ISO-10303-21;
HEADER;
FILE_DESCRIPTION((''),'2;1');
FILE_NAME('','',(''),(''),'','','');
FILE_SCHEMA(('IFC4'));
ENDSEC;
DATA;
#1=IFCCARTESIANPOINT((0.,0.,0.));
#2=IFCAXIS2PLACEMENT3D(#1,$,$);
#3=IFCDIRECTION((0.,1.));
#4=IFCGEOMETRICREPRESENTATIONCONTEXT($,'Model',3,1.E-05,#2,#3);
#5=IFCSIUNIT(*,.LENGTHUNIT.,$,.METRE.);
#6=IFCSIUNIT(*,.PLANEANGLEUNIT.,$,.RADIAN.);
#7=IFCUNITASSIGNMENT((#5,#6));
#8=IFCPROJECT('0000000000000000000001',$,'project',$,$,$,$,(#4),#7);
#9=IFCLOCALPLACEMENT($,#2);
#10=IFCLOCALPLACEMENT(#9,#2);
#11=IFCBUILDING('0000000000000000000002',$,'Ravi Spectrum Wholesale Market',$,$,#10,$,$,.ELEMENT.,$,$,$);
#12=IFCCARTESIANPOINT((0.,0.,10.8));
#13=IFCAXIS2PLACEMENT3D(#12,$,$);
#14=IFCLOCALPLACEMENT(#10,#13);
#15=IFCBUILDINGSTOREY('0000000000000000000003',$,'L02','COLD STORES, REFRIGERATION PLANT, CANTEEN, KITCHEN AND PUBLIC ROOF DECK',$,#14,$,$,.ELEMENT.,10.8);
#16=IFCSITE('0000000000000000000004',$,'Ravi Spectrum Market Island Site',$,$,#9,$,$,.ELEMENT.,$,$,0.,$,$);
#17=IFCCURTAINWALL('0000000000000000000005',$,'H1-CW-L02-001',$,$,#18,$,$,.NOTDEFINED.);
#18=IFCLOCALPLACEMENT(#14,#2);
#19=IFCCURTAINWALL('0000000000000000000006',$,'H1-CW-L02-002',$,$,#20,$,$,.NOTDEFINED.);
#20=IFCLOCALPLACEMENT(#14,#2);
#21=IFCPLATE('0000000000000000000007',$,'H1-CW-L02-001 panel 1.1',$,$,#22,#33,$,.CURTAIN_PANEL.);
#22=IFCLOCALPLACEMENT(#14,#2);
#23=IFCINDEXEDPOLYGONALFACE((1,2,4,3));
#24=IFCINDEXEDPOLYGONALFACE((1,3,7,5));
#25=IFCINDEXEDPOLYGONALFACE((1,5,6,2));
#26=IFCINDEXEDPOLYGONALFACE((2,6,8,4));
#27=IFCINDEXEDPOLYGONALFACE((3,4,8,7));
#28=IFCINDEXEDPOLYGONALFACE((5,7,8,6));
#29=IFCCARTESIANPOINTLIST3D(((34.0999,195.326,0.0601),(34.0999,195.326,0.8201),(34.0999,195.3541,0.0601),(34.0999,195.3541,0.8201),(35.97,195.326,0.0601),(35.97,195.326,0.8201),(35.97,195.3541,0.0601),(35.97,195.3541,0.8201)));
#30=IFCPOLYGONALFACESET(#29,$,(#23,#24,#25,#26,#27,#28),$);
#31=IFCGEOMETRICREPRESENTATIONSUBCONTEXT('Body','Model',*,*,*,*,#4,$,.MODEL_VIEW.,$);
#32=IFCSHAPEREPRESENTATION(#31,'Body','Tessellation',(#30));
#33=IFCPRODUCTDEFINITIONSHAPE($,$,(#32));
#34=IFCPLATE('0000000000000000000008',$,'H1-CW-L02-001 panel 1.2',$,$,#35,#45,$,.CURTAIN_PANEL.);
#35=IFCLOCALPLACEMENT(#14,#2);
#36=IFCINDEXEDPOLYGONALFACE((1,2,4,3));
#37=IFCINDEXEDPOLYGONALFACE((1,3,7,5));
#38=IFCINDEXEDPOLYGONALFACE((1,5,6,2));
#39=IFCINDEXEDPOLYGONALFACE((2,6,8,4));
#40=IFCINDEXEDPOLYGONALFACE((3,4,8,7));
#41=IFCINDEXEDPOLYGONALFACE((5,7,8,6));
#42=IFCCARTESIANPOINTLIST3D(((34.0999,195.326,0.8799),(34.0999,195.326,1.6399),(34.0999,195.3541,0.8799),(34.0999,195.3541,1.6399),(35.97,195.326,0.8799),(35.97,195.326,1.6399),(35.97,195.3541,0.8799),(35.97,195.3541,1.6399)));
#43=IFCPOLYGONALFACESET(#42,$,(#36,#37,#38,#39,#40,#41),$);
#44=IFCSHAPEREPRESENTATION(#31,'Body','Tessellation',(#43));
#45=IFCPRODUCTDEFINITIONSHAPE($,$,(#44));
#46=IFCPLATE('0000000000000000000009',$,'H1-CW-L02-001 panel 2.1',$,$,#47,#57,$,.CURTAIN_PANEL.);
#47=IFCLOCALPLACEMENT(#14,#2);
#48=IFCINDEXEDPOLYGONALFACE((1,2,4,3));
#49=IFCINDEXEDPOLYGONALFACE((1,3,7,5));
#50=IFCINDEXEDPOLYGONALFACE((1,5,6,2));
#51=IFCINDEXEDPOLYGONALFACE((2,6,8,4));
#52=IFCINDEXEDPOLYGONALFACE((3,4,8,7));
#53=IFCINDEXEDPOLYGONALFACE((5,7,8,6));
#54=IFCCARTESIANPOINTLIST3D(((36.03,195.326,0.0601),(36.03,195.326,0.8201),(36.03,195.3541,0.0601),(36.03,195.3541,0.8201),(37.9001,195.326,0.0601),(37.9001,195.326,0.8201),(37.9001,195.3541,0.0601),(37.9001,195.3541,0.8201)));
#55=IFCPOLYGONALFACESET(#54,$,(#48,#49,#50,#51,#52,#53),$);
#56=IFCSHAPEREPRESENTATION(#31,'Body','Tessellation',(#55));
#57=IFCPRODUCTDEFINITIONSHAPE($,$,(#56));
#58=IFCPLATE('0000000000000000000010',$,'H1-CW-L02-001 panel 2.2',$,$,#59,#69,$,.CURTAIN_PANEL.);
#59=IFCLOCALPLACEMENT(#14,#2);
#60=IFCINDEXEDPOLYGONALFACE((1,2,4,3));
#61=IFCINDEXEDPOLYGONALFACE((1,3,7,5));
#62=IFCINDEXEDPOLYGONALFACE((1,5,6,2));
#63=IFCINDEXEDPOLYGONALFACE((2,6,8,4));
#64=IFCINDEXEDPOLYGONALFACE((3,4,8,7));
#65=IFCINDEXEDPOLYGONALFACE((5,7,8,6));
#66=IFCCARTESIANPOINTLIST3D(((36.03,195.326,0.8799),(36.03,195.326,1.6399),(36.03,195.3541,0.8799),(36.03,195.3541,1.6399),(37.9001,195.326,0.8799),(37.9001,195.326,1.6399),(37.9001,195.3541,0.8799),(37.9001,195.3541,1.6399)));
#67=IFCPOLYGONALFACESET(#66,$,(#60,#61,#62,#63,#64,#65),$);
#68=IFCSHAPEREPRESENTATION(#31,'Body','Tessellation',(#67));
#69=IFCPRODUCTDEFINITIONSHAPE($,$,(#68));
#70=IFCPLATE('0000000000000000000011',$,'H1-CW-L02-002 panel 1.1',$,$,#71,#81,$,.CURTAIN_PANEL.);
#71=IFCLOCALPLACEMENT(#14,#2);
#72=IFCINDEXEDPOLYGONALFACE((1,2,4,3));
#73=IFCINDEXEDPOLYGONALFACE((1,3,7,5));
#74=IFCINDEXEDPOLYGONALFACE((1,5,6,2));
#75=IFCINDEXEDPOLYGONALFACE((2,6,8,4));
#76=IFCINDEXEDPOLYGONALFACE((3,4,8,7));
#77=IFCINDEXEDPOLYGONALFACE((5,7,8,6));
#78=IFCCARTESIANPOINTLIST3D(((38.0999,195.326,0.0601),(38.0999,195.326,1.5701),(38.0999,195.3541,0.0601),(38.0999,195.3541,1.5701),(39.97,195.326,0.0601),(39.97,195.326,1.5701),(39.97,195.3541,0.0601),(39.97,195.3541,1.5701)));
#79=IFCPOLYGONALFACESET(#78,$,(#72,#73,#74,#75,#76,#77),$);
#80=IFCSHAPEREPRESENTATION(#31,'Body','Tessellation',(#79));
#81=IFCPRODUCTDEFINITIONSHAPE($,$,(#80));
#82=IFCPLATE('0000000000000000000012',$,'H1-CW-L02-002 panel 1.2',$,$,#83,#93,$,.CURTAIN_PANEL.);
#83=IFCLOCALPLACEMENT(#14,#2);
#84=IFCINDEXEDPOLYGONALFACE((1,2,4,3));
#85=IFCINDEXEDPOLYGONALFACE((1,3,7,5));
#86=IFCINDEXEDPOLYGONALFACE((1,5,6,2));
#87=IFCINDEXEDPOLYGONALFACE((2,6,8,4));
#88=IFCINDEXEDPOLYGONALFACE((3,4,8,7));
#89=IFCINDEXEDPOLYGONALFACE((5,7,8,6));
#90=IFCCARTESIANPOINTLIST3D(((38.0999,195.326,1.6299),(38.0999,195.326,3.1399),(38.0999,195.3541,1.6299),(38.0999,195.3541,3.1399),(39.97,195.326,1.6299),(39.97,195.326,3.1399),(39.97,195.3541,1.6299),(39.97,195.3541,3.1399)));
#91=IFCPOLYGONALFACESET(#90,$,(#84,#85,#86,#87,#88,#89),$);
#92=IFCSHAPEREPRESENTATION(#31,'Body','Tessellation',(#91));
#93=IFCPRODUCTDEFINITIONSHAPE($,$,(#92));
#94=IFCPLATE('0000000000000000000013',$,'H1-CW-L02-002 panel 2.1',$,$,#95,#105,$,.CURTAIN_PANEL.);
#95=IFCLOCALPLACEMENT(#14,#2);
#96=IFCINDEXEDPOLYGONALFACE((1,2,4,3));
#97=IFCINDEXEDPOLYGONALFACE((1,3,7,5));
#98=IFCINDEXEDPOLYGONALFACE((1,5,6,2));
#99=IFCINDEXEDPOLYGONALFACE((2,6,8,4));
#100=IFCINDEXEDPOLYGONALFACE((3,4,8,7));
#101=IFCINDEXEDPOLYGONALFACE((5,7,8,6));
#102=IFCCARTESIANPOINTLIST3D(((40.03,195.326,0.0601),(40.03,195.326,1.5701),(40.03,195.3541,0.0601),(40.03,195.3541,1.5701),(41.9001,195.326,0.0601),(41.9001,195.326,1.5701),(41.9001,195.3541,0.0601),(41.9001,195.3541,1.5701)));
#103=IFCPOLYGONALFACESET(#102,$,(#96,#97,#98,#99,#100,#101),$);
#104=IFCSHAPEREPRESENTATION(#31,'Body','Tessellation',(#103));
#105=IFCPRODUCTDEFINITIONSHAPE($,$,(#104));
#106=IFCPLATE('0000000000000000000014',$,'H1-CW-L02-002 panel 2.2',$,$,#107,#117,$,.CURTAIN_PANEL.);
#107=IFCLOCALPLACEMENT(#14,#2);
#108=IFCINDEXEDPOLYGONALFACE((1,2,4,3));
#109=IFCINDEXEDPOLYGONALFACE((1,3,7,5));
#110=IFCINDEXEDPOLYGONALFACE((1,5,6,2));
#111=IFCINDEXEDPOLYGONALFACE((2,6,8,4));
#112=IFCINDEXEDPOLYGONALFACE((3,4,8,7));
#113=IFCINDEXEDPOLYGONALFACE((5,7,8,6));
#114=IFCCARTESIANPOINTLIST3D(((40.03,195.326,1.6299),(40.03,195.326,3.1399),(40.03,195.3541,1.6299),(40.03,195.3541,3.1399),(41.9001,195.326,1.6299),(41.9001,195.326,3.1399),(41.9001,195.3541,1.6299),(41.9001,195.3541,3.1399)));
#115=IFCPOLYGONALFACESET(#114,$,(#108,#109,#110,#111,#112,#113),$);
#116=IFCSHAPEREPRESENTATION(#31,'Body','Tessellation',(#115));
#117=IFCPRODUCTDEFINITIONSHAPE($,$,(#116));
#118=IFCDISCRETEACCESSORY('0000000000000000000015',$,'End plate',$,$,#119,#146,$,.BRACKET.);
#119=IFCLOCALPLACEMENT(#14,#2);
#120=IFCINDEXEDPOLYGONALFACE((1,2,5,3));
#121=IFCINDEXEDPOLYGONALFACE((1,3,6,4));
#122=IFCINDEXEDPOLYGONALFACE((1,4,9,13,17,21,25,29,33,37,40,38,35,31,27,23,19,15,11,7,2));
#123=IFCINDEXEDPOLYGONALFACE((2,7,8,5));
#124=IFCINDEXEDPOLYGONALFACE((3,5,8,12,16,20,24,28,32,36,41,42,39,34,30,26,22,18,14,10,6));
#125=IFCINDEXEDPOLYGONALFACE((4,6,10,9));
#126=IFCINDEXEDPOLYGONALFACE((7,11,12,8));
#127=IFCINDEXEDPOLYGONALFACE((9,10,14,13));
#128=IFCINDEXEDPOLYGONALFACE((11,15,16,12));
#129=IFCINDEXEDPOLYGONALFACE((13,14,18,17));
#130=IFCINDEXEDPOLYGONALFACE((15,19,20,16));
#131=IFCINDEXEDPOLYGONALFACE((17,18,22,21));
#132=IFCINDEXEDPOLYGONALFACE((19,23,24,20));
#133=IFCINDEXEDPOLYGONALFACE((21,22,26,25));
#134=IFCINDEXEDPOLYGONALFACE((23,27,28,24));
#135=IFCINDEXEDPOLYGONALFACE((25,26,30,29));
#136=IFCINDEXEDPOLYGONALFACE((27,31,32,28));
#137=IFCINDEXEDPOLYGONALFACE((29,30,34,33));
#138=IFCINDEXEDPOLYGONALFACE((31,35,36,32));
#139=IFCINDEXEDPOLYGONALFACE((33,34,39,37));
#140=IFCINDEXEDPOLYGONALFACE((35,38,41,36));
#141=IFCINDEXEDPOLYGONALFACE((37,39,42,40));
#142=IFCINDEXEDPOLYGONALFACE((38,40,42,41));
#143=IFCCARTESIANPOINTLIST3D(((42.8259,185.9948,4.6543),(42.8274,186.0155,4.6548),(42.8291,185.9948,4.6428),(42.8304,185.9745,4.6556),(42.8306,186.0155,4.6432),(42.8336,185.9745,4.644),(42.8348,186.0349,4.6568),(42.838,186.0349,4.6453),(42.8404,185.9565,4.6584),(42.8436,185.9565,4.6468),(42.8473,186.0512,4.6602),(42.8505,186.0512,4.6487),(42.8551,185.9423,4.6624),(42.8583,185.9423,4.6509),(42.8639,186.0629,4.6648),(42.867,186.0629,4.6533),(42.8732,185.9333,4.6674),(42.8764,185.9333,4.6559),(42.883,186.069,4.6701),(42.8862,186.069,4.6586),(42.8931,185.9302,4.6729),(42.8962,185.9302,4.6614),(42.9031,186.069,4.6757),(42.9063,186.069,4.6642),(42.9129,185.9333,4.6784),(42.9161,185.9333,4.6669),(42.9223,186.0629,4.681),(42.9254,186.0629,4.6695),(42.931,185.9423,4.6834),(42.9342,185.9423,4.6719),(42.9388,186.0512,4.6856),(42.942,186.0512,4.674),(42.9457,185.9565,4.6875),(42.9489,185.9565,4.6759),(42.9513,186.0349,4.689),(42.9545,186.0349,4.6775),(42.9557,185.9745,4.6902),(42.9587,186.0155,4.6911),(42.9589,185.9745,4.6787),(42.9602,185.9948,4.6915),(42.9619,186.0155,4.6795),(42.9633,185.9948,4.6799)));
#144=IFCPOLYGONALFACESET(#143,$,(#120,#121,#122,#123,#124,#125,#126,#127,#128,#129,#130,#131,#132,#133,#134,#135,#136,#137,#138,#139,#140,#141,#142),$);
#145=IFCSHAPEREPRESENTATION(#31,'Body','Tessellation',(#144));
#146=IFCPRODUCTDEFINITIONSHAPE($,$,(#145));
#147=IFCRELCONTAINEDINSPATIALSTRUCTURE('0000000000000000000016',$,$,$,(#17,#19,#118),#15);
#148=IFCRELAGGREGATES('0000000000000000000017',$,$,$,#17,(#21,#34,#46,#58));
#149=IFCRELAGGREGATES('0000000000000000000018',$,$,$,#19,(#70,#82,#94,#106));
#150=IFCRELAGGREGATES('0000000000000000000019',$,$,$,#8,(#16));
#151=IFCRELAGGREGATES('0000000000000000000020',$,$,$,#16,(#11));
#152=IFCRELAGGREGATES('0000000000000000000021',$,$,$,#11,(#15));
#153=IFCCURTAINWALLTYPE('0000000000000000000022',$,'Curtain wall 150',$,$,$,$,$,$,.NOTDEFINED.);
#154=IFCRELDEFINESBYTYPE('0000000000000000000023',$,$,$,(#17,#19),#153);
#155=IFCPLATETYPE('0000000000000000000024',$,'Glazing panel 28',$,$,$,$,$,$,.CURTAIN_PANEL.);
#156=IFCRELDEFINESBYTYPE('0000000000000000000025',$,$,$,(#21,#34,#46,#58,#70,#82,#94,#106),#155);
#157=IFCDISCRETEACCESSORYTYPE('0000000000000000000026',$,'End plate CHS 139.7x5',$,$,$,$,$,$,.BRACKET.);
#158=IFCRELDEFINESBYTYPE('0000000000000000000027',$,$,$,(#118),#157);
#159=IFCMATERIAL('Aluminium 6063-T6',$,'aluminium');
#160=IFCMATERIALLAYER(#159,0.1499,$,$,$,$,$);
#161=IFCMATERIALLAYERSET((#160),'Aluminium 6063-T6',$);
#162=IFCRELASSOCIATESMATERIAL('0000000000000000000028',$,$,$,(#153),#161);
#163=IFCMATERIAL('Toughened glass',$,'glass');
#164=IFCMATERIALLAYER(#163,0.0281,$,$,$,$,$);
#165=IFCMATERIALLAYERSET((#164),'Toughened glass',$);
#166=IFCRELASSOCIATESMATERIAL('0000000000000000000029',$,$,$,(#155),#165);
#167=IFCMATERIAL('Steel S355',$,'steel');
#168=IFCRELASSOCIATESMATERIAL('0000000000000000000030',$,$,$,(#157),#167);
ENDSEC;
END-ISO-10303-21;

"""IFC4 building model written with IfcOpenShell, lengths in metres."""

from ifc_helpers import new_model, si_unit, direction, frame, origin, origin_2d, place, context, subcontext, project, spatial, rectangle, circle, extrude, material, layer, layer_set, material_profile, profile_set, type_object, element, aggregate, save


model = new_model("IFC4")

# Units and contexts
model_context = context("Model", 3, precision=1e-05, world=origin(), true_north=direction((0.0, 1.0)))
body_context = subcontext(model_context, "Body", "Model", "MODEL_VIEW")
ifc_project = project(units=[si_unit("LENGTHUNIT", "METRE"), si_unit("PLANEANGLEUNIT", "RADIAN")], contexts=[model_context])

# Site, building, storey
site_placement = place(None, origin())
site = spatial("IfcSite", under=ifc_project, at=site_placement, Name="Ravi Spectrum Market Island Site", CompositionType="ELEMENT", RefElevation=0.0)
building_placement = place(site_placement, origin())
building = spatial("IfcBuilding", under=site, at=building_placement, Name="Ravi Spectrum Wholesale Market", CompositionType="ELEMENT")
storey_placement = place(building_placement, frame((0.0, 0.0, 10.8)))
storey = spatial("IfcBuildingStorey", under=building, at=storey_placement, Name="L02", Description="COLD STORES, REFRIGERATION PLANT, CANTEEN, KITCHEN AND PUBLIC ROOF DECK", CompositionType="ELEMENT", Elevation=10.8)

# Curtain walls
ifc_material_1 = material(Name="Aluminium 6063-T6", Category="aluminium")
ifc_layer_1 = layer(ifc_material_1, 0.1499)
ifc_layer_set_1 = layer_set([ifc_layer_1], Name="Aluminium 6063-T6")
curtain_wall_type = type_object("IfcCurtainWallType", Name="Curtain wall 150", PredefinedType="NOTDEFINED", material=ifc_layer_set_1)
curtain_wall_1_placement = place(storey_placement, origin())
curtain_wall_1 = element("IfcCurtainWall", 1, at=curtain_wall_1_placement, inside=storey, type_object=curtain_wall_type, Name="H1-CW-L02-001", PredefinedType="NOTDEFINED")
curtain_wall_2_placement = place(storey_placement, origin())
curtain_wall_2 = element("IfcCurtainWall", 2, at=curtain_wall_2_placement, inside=storey, type_object=curtain_wall_type, Name="H1-CW-L02-002", PredefinedType="NOTDEFINED")

# Plates
ifc_material_2 = material(Name="Toughened glass", Category="glass")
ifc_layer_2 = layer(ifc_material_2, 0.0281)
ifc_layer_set_2 = layer_set([ifc_layer_2], Name="Toughened glass")
plate_type = type_object("IfcPlateType", Name="Glazing panel 28", PredefinedType="CURTAIN_PANEL", material=ifc_layer_set_2)
plate_1_placement = place(storey_placement, frame((35.0349, 195.3401, 0.0601), z_axis=(0.0, 0.0, 1.0), x_axis=(1.0, 0.0, 0.0)))
plate_1 = element("IfcPlate", 3, at=plate_1_placement, type_object=plate_type, Name="H1-CW-L02-001 panel 1.1", PredefinedType="CURTAIN_PANEL", context=body_context, shape_type="SweptSolid", body=[
    extrude(rectangle(XDim=1.8701, YDim=0.0281, at=origin_2d()), origin(), (0.0, 0.0, 1.0), 0.76),
])
plate_2_placement = place(storey_placement, frame((35.0349, 195.3401, 0.8799), z_axis=(0.0, 0.0, 1.0), x_axis=(1.0, 0.0, 0.0)))
plate_2 = element("IfcPlate", 4, at=plate_2_placement, type_object=plate_type, Name="H1-CW-L02-001 panel 1.2", PredefinedType="CURTAIN_PANEL", context=body_context, shape_type="SweptSolid", body=[
    extrude(rectangle(XDim=1.8701, YDim=0.0281, at=origin_2d()), origin(), (0.0, 0.0, 1.0), 0.76),
])
plate_3_placement = place(storey_placement, frame((36.9651, 195.3401, 0.0601), z_axis=(0.0, 0.0, 1.0), x_axis=(1.0, 0.0, 0.0)))
plate_3 = element("IfcPlate", 5, at=plate_3_placement, type_object=plate_type, Name="H1-CW-L02-001 panel 2.1", PredefinedType="CURTAIN_PANEL", context=body_context, shape_type="SweptSolid", body=[
    extrude(rectangle(XDim=1.8701, YDim=0.0281, at=origin_2d()), origin(), (0.0, 0.0, 1.0), 0.76),
])
plate_4_placement = place(storey_placement, frame((36.9651, 195.3401, 0.8799), z_axis=(0.0, 0.0, 1.0), x_axis=(1.0, 0.0, 0.0)))
plate_4 = element("IfcPlate", 6, at=plate_4_placement, type_object=plate_type, Name="H1-CW-L02-001 panel 2.2", PredefinedType="CURTAIN_PANEL", context=body_context, shape_type="SweptSolid", body=[
    extrude(rectangle(XDim=1.8701, YDim=0.0281, at=origin_2d()), origin(), (0.0, 0.0, 1.0), 0.76),
])
aggregate(curtain_wall_1, [plate_1, plate_2, plate_3, plate_4])
plate_5_placement = place(storey_placement, frame((39.0349, 195.3401, 0.0601), z_axis=(0.0, 0.0, 1.0), x_axis=(1.0, 0.0, 0.0)))
plate_5 = element("IfcPlate", 7, at=plate_5_placement, type_object=plate_type, Name="H1-CW-L02-002 panel 1.1", PredefinedType="CURTAIN_PANEL", context=body_context, shape_type="SweptSolid", body=[
    extrude(rectangle(XDim=1.8701, YDim=0.0281, at=origin_2d()), origin(), (0.0, 0.0, 1.0), 1.51),
])
plate_6_placement = place(storey_placement, frame((39.0349, 195.3401, 1.6299), z_axis=(0.0, 0.0, 1.0), x_axis=(1.0, 0.0, 0.0)))
plate_6 = element("IfcPlate", 8, at=plate_6_placement, type_object=plate_type, Name="H1-CW-L02-002 panel 1.2", PredefinedType="CURTAIN_PANEL", context=body_context, shape_type="SweptSolid", body=[
    extrude(rectangle(XDim=1.8701, YDim=0.0281, at=origin_2d()), origin(), (0.0, 0.0, 1.0), 1.51),
])
plate_7_placement = place(storey_placement, frame((40.9651, 195.3401, 0.0601), z_axis=(0.0, 0.0, 1.0), x_axis=(1.0, 0.0, 0.0)))
plate_7 = element("IfcPlate", 9, at=plate_7_placement, type_object=plate_type, Name="H1-CW-L02-002 panel 2.1", PredefinedType="CURTAIN_PANEL", context=body_context, shape_type="SweptSolid", body=[
    extrude(rectangle(XDim=1.8701, YDim=0.0281, at=origin_2d()), origin(), (0.0, 0.0, 1.0), 1.51),
])
plate_8_placement = place(storey_placement, frame((40.9651, 195.3401, 1.6299), z_axis=(0.0, 0.0, 1.0), x_axis=(1.0, 0.0, 0.0)))
plate_8 = element("IfcPlate", 10, at=plate_8_placement, type_object=plate_type, Name="H1-CW-L02-002 panel 2.2", PredefinedType="CURTAIN_PANEL", context=body_context, shape_type="SweptSolid", body=[
    extrude(rectangle(XDim=1.8701, YDim=0.0281, at=origin_2d()), origin(), (0.0, 0.0, 1.0), 1.51),
])
aggregate(curtain_wall_2, [plate_5, plate_6, plate_7, plate_8])

# Discrete accessory
ifc_material_3 = material(Name="Steel S355", Category="steel")
ifc_material_profile_1 = material_profile(ifc_material_3, circle(Radius=0.0698, at=origin_2d()))
ifc_profile_set_1 = profile_set([ifc_material_profile_1], Name="Steel S355")
discrete_accessory_type = type_object("IfcDiscreteAccessoryType", Name="End plate CHS 139.7x5", PredefinedType="BRACKET", material=ifc_profile_set_1)
discrete_accessory_placement = place(storey_placement, frame((42.8962, 186.0, 4.6614), z_axis=(-0.266586, 0.0, 0.963811), x_axis=(0.0, -1.0, 0.0)))
element("IfcDiscreteAccessory", 11, at=discrete_accessory_placement, inside=storey, type_object=discrete_accessory_type, Name="End plate", PredefinedType="BRACKET", context=body_context, shape_type="SweptSolid", body=[
    extrude(circle(Radius=0.0698, at=origin_2d()), origin(), (0.0, 0.0, 1.0), 0.012),
])

save(model, "model.ifc")
